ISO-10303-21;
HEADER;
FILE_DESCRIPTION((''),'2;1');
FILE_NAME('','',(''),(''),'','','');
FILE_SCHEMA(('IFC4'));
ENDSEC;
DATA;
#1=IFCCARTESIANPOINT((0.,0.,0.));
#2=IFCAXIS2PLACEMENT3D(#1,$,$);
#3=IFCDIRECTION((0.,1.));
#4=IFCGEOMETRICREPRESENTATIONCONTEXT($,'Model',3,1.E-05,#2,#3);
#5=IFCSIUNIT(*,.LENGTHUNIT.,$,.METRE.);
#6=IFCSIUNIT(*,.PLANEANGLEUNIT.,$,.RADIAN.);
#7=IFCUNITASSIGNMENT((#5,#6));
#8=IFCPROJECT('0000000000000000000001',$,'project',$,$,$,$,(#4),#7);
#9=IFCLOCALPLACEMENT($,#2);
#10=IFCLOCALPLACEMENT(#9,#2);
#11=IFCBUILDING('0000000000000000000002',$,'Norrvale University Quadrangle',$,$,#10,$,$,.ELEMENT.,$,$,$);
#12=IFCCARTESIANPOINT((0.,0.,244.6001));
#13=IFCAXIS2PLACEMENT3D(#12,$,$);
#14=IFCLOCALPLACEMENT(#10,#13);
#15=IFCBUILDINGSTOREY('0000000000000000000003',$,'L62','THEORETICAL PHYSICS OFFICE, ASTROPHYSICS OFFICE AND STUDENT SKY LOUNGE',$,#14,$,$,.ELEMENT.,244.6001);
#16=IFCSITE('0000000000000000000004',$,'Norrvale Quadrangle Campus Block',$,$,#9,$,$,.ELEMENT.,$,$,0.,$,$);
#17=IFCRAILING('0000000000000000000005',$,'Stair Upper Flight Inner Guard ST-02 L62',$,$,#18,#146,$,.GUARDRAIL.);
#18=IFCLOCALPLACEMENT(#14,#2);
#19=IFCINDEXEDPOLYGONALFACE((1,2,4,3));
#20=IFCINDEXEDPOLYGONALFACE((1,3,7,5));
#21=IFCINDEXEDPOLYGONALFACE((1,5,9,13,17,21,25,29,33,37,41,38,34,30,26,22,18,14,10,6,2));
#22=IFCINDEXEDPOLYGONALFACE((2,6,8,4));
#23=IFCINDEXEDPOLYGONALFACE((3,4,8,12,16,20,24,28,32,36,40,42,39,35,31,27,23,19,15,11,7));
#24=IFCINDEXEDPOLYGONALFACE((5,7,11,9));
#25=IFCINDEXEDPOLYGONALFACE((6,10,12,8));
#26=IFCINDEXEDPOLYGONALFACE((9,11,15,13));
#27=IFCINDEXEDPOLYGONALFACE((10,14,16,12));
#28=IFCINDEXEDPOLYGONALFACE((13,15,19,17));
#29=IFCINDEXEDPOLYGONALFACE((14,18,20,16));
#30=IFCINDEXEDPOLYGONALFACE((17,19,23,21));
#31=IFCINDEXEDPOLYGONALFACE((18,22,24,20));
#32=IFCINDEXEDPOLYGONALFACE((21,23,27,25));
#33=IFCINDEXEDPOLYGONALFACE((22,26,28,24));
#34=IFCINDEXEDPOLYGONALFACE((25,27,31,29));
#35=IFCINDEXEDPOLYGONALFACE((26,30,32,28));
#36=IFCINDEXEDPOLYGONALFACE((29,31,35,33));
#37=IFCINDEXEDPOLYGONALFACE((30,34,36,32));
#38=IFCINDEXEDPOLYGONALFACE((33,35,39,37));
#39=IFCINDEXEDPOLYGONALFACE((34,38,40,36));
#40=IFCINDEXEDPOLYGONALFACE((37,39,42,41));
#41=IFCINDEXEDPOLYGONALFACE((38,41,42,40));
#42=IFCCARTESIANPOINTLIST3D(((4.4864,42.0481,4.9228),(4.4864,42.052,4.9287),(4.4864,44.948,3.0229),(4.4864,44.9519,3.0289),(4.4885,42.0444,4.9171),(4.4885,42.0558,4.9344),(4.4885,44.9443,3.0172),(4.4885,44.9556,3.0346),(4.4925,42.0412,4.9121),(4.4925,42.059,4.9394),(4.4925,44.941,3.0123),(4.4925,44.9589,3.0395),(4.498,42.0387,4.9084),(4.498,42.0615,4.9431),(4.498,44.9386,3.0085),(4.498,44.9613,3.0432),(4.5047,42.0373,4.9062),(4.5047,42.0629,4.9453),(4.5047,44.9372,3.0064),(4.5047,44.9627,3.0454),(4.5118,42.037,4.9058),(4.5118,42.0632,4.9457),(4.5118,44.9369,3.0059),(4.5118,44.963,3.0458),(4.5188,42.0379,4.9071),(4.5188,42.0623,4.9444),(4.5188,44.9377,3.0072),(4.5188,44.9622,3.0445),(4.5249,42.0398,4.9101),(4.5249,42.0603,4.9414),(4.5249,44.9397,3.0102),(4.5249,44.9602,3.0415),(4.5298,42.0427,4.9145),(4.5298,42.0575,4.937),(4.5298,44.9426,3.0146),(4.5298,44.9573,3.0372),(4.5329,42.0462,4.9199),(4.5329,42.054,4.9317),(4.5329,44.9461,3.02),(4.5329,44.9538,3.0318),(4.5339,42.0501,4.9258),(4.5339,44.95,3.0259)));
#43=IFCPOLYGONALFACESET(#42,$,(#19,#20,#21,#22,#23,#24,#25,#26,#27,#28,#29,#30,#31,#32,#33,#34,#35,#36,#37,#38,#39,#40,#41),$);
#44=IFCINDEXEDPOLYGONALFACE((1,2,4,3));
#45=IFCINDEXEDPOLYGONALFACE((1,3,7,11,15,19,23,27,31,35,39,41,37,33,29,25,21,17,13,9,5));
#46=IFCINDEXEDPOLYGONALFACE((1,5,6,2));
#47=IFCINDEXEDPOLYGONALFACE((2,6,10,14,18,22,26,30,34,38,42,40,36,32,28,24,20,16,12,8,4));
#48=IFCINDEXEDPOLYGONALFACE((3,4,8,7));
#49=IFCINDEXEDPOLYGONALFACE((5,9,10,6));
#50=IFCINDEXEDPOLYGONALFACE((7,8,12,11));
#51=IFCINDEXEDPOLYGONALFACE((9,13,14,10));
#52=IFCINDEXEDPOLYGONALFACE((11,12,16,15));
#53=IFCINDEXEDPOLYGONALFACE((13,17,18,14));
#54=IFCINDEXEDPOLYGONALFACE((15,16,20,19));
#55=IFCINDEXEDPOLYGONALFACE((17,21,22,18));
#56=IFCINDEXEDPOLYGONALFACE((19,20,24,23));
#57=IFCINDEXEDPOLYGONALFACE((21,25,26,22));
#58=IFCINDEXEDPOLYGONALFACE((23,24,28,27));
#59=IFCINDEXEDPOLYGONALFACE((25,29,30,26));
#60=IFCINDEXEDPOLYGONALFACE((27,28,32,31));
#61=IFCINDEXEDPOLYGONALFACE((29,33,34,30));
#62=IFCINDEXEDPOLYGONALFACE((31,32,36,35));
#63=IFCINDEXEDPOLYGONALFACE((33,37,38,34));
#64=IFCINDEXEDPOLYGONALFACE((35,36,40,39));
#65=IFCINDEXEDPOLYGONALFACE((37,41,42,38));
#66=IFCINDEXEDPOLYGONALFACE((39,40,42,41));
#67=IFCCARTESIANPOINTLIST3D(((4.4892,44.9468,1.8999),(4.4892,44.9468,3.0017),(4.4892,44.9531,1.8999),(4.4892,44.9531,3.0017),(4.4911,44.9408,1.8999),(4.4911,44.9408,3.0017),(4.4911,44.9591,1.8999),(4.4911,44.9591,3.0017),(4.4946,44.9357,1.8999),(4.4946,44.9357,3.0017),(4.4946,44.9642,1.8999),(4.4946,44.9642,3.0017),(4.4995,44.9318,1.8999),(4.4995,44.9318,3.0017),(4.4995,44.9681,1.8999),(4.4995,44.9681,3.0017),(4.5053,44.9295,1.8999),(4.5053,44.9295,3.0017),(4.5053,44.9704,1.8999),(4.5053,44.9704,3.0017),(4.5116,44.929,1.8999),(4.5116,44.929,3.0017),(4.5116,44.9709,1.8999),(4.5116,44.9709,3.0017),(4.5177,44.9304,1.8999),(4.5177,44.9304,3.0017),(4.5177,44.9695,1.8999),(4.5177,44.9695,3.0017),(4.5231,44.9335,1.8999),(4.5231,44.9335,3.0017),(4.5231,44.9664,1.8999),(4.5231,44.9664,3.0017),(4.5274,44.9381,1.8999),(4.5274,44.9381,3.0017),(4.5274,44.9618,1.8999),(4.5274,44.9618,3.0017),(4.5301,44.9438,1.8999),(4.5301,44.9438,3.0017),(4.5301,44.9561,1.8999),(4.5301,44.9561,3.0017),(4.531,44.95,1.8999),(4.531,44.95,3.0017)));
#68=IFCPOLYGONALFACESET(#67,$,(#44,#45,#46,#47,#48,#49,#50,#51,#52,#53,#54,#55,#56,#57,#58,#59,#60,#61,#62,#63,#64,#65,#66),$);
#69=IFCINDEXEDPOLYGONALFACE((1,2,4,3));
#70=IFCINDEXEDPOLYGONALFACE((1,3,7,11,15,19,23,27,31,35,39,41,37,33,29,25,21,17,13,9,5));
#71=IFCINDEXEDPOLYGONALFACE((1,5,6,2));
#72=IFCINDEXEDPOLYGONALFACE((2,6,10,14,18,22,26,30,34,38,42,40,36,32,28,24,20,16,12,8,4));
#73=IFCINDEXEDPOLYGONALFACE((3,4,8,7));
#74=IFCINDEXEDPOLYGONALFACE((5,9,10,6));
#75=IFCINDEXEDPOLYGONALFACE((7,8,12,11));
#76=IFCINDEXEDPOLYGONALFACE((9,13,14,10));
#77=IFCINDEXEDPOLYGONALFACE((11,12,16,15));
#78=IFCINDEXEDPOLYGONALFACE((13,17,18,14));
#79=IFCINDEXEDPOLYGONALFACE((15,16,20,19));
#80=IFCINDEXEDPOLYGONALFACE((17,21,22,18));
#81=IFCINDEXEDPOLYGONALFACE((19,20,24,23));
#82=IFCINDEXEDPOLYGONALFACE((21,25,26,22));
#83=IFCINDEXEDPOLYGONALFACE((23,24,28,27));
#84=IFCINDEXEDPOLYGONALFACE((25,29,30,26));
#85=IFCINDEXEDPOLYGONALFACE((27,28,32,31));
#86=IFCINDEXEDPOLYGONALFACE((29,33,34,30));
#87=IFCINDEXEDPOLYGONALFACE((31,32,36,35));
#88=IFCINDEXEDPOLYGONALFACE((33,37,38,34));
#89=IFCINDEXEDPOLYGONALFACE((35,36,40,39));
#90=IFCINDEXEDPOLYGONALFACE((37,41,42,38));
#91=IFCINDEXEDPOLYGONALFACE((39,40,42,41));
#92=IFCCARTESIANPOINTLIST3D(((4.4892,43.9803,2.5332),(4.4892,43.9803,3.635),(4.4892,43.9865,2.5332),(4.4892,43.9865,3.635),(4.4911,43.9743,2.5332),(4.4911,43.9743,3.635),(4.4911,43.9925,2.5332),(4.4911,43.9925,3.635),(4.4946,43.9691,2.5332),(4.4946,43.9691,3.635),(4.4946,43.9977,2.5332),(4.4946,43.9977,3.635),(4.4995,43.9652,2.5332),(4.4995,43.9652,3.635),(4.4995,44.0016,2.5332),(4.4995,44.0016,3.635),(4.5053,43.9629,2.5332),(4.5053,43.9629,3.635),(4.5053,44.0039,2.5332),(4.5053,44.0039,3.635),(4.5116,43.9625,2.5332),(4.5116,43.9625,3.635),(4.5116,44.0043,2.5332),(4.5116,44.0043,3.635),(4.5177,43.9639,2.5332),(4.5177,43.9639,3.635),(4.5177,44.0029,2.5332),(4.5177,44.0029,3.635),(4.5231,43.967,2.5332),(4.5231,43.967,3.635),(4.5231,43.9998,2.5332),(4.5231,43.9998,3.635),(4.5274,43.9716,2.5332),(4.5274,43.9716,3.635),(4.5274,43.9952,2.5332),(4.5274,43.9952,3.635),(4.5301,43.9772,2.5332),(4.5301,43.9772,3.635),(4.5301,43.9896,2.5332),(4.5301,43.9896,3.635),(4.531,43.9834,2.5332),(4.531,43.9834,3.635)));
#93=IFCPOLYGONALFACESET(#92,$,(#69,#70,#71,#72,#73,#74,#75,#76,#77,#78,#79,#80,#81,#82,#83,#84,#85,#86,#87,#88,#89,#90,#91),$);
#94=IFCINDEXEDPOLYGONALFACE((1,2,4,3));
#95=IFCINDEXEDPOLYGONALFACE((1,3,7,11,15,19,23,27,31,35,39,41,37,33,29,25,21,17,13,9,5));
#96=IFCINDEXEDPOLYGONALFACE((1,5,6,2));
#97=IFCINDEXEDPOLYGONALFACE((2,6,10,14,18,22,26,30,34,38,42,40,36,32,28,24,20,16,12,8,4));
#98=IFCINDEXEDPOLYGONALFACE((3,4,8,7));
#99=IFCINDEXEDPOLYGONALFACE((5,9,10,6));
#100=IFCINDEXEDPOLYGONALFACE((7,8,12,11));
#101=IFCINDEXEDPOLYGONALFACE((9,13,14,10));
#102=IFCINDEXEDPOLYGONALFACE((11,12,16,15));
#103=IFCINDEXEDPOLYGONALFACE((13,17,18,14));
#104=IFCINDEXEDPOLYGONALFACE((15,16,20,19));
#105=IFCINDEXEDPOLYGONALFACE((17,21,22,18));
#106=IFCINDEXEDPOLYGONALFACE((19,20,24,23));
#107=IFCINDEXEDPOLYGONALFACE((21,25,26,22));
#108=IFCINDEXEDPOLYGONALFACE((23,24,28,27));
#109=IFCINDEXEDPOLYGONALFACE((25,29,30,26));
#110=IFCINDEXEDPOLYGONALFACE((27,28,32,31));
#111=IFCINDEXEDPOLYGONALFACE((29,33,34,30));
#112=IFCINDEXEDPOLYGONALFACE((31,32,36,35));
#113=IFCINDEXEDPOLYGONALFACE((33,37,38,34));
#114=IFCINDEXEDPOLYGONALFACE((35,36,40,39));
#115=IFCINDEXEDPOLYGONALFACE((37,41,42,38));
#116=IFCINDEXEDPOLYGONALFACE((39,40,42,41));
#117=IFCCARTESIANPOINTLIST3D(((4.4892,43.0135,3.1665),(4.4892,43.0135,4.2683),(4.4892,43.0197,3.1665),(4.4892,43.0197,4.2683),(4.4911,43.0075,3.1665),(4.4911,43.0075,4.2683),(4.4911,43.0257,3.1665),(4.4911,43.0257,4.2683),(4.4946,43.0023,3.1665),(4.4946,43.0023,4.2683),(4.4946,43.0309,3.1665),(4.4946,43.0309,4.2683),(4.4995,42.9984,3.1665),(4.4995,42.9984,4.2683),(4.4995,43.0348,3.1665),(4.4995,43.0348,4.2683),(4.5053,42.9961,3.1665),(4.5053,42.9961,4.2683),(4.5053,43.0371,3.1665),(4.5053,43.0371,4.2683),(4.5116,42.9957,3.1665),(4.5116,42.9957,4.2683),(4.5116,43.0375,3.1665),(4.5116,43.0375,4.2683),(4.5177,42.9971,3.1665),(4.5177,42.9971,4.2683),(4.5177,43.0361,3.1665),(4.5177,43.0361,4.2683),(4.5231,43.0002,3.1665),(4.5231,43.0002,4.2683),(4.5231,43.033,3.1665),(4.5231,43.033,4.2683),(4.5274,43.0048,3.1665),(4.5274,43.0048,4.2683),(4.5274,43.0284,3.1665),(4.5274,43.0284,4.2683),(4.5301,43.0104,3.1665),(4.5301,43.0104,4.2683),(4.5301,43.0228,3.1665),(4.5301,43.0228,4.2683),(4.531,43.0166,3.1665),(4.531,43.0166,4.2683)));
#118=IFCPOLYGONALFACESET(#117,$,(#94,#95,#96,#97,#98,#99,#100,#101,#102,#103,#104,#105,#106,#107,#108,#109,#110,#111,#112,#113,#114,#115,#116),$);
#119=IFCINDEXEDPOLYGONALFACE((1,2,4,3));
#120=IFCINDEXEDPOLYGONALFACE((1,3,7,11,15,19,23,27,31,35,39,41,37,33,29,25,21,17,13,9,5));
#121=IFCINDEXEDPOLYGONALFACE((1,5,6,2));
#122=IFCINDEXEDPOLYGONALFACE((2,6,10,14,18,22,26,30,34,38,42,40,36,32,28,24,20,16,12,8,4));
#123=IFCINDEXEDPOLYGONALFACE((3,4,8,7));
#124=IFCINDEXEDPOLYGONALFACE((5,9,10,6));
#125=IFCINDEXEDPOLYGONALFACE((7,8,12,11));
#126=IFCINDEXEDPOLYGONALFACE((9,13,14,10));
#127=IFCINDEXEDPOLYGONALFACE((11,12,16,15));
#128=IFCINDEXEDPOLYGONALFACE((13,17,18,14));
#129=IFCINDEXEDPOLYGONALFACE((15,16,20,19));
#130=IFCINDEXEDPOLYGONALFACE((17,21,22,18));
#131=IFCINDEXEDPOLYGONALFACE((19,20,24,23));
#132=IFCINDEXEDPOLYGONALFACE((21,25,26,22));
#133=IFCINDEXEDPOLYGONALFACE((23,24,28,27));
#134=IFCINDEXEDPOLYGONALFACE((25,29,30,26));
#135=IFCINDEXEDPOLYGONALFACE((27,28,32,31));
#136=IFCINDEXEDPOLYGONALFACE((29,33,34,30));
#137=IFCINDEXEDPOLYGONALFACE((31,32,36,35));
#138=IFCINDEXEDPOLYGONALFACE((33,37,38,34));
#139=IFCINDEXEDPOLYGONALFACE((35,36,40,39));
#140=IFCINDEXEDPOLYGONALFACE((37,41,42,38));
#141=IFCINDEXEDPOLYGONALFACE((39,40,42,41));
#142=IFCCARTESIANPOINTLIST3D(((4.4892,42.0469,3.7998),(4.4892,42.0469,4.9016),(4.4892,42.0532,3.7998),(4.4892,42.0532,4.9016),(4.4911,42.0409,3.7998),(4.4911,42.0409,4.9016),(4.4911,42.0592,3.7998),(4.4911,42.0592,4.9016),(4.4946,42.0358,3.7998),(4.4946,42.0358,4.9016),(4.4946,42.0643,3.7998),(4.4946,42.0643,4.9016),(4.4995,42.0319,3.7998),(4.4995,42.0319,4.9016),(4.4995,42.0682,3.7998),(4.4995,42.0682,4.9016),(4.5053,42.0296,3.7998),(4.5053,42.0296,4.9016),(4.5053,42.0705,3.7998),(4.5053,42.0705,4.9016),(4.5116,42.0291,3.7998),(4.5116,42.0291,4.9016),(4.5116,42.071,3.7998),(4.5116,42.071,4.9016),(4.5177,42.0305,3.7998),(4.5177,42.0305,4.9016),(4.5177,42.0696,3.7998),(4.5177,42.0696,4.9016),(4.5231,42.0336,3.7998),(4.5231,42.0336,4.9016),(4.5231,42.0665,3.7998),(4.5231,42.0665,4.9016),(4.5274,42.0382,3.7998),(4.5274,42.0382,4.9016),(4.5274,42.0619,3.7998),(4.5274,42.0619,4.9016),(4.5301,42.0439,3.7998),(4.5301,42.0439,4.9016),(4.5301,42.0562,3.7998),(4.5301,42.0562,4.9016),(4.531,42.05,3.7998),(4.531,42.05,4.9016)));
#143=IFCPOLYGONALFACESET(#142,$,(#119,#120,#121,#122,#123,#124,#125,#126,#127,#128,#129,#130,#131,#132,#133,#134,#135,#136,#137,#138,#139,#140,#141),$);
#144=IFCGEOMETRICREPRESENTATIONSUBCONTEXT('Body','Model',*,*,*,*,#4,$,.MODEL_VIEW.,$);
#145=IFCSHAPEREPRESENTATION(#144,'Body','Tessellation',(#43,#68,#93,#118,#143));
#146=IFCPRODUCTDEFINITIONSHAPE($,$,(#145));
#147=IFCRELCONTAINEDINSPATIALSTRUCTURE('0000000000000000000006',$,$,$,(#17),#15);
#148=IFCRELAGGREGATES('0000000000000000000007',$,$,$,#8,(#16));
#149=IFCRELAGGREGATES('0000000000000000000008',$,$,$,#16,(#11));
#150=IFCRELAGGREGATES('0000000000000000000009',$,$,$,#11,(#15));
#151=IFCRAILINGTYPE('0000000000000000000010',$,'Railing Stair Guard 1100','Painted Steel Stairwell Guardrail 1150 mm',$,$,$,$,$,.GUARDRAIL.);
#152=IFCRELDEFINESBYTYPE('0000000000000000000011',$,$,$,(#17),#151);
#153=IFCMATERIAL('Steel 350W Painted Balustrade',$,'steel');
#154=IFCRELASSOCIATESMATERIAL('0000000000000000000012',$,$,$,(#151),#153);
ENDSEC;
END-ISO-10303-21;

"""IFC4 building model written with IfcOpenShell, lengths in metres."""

from ifc_helpers import new_model, si_unit, direction, frame, origin, origin_2d, place, context, subcontext, project, spatial, circle, extrude, material, type_object, element, save


model = new_model("IFC4")

# Units and contexts
model_context = context("Model", 3, precision=1e-05, world=origin(), true_north=direction((0.0, 1.0)))
body_context = subcontext(model_context, "Body", "Model", "MODEL_VIEW")
ifc_project = project(units=[si_unit("LENGTHUNIT", "METRE"), si_unit("PLANEANGLEUNIT", "RADIAN")], contexts=[model_context])

# Site, building, storey
site_placement = place(None, origin())
site = spatial("IfcSite", under=ifc_project, at=site_placement, Name="Norrvale Quadrangle Campus Block", CompositionType="ELEMENT", RefElevation=0.0)
building_placement = place(site_placement, origin())
building = spatial("IfcBuilding", under=site, at=building_placement, Name="Norrvale University Quadrangle", CompositionType="ELEMENT")
storey_placement = place(building_placement, frame((0.0, 0.0, 244.6001)))
storey = spatial("IfcBuildingStorey", under=building, at=storey_placement, Name="L62", Description="THEORETICAL PHYSICS OFFICE, ASTROPHYSICS OFFICE AND STUDENT SKY LOUNGE", CompositionType="ELEMENT", Elevation=244.6001)

# Railing
ifc_material_1 = material(Name="Steel 350W Painted Balustrade", Category="steel")
railing_type_1 = type_object("IfcRailingType", Name="Railing Stair Guard 1100", Description="Painted Steel Stairwell Guardrail 1150 mm", PredefinedType="GUARDRAIL", material=ifc_material_1)
railing_1_placement = place(storey_placement, frame((4.51, 44.95, 1.8999)))
element("IfcRailing", 1, at=railing_1_placement, inside=storey, type_object=railing_type_1, Name="Stair Upper Flight Inner Guard ST-02 L62", PredefinedType="GUARDRAIL", context=body_context, shape_type="SweptSolid", body=[
    extrude(circle(Radius=0.0239, at=origin_2d()), frame((0.0, 0.0, 1.126), z_axis=(0.0, -0.836466, 0.548019), x_axis=(1.0, 0.0, 0.0)), (0.0, 0.0, 1.0), 3.4668),
    extrude(circle(Radius=0.021, at=origin_2d()), origin(), (0.0, 0.0, 1.0), 1.1018),
    extrude(circle(Radius=0.021, at=origin_2d()), frame((0.0, -0.9666, 0.6333)), (0.0, 0.0, 1.0), 1.1018),
    extrude(circle(Radius=0.021, at=origin_2d()), frame((0.0, -1.9333, 1.2666)), (0.0, 0.0, 1.0), 1.1018),
    extrude(circle(Radius=0.021, at=origin_2d()), frame((0.0, -2.8999, 1.8999)), (0.0, 0.0, 1.0), 1.1018),
])

save(model, "model.ifc")
